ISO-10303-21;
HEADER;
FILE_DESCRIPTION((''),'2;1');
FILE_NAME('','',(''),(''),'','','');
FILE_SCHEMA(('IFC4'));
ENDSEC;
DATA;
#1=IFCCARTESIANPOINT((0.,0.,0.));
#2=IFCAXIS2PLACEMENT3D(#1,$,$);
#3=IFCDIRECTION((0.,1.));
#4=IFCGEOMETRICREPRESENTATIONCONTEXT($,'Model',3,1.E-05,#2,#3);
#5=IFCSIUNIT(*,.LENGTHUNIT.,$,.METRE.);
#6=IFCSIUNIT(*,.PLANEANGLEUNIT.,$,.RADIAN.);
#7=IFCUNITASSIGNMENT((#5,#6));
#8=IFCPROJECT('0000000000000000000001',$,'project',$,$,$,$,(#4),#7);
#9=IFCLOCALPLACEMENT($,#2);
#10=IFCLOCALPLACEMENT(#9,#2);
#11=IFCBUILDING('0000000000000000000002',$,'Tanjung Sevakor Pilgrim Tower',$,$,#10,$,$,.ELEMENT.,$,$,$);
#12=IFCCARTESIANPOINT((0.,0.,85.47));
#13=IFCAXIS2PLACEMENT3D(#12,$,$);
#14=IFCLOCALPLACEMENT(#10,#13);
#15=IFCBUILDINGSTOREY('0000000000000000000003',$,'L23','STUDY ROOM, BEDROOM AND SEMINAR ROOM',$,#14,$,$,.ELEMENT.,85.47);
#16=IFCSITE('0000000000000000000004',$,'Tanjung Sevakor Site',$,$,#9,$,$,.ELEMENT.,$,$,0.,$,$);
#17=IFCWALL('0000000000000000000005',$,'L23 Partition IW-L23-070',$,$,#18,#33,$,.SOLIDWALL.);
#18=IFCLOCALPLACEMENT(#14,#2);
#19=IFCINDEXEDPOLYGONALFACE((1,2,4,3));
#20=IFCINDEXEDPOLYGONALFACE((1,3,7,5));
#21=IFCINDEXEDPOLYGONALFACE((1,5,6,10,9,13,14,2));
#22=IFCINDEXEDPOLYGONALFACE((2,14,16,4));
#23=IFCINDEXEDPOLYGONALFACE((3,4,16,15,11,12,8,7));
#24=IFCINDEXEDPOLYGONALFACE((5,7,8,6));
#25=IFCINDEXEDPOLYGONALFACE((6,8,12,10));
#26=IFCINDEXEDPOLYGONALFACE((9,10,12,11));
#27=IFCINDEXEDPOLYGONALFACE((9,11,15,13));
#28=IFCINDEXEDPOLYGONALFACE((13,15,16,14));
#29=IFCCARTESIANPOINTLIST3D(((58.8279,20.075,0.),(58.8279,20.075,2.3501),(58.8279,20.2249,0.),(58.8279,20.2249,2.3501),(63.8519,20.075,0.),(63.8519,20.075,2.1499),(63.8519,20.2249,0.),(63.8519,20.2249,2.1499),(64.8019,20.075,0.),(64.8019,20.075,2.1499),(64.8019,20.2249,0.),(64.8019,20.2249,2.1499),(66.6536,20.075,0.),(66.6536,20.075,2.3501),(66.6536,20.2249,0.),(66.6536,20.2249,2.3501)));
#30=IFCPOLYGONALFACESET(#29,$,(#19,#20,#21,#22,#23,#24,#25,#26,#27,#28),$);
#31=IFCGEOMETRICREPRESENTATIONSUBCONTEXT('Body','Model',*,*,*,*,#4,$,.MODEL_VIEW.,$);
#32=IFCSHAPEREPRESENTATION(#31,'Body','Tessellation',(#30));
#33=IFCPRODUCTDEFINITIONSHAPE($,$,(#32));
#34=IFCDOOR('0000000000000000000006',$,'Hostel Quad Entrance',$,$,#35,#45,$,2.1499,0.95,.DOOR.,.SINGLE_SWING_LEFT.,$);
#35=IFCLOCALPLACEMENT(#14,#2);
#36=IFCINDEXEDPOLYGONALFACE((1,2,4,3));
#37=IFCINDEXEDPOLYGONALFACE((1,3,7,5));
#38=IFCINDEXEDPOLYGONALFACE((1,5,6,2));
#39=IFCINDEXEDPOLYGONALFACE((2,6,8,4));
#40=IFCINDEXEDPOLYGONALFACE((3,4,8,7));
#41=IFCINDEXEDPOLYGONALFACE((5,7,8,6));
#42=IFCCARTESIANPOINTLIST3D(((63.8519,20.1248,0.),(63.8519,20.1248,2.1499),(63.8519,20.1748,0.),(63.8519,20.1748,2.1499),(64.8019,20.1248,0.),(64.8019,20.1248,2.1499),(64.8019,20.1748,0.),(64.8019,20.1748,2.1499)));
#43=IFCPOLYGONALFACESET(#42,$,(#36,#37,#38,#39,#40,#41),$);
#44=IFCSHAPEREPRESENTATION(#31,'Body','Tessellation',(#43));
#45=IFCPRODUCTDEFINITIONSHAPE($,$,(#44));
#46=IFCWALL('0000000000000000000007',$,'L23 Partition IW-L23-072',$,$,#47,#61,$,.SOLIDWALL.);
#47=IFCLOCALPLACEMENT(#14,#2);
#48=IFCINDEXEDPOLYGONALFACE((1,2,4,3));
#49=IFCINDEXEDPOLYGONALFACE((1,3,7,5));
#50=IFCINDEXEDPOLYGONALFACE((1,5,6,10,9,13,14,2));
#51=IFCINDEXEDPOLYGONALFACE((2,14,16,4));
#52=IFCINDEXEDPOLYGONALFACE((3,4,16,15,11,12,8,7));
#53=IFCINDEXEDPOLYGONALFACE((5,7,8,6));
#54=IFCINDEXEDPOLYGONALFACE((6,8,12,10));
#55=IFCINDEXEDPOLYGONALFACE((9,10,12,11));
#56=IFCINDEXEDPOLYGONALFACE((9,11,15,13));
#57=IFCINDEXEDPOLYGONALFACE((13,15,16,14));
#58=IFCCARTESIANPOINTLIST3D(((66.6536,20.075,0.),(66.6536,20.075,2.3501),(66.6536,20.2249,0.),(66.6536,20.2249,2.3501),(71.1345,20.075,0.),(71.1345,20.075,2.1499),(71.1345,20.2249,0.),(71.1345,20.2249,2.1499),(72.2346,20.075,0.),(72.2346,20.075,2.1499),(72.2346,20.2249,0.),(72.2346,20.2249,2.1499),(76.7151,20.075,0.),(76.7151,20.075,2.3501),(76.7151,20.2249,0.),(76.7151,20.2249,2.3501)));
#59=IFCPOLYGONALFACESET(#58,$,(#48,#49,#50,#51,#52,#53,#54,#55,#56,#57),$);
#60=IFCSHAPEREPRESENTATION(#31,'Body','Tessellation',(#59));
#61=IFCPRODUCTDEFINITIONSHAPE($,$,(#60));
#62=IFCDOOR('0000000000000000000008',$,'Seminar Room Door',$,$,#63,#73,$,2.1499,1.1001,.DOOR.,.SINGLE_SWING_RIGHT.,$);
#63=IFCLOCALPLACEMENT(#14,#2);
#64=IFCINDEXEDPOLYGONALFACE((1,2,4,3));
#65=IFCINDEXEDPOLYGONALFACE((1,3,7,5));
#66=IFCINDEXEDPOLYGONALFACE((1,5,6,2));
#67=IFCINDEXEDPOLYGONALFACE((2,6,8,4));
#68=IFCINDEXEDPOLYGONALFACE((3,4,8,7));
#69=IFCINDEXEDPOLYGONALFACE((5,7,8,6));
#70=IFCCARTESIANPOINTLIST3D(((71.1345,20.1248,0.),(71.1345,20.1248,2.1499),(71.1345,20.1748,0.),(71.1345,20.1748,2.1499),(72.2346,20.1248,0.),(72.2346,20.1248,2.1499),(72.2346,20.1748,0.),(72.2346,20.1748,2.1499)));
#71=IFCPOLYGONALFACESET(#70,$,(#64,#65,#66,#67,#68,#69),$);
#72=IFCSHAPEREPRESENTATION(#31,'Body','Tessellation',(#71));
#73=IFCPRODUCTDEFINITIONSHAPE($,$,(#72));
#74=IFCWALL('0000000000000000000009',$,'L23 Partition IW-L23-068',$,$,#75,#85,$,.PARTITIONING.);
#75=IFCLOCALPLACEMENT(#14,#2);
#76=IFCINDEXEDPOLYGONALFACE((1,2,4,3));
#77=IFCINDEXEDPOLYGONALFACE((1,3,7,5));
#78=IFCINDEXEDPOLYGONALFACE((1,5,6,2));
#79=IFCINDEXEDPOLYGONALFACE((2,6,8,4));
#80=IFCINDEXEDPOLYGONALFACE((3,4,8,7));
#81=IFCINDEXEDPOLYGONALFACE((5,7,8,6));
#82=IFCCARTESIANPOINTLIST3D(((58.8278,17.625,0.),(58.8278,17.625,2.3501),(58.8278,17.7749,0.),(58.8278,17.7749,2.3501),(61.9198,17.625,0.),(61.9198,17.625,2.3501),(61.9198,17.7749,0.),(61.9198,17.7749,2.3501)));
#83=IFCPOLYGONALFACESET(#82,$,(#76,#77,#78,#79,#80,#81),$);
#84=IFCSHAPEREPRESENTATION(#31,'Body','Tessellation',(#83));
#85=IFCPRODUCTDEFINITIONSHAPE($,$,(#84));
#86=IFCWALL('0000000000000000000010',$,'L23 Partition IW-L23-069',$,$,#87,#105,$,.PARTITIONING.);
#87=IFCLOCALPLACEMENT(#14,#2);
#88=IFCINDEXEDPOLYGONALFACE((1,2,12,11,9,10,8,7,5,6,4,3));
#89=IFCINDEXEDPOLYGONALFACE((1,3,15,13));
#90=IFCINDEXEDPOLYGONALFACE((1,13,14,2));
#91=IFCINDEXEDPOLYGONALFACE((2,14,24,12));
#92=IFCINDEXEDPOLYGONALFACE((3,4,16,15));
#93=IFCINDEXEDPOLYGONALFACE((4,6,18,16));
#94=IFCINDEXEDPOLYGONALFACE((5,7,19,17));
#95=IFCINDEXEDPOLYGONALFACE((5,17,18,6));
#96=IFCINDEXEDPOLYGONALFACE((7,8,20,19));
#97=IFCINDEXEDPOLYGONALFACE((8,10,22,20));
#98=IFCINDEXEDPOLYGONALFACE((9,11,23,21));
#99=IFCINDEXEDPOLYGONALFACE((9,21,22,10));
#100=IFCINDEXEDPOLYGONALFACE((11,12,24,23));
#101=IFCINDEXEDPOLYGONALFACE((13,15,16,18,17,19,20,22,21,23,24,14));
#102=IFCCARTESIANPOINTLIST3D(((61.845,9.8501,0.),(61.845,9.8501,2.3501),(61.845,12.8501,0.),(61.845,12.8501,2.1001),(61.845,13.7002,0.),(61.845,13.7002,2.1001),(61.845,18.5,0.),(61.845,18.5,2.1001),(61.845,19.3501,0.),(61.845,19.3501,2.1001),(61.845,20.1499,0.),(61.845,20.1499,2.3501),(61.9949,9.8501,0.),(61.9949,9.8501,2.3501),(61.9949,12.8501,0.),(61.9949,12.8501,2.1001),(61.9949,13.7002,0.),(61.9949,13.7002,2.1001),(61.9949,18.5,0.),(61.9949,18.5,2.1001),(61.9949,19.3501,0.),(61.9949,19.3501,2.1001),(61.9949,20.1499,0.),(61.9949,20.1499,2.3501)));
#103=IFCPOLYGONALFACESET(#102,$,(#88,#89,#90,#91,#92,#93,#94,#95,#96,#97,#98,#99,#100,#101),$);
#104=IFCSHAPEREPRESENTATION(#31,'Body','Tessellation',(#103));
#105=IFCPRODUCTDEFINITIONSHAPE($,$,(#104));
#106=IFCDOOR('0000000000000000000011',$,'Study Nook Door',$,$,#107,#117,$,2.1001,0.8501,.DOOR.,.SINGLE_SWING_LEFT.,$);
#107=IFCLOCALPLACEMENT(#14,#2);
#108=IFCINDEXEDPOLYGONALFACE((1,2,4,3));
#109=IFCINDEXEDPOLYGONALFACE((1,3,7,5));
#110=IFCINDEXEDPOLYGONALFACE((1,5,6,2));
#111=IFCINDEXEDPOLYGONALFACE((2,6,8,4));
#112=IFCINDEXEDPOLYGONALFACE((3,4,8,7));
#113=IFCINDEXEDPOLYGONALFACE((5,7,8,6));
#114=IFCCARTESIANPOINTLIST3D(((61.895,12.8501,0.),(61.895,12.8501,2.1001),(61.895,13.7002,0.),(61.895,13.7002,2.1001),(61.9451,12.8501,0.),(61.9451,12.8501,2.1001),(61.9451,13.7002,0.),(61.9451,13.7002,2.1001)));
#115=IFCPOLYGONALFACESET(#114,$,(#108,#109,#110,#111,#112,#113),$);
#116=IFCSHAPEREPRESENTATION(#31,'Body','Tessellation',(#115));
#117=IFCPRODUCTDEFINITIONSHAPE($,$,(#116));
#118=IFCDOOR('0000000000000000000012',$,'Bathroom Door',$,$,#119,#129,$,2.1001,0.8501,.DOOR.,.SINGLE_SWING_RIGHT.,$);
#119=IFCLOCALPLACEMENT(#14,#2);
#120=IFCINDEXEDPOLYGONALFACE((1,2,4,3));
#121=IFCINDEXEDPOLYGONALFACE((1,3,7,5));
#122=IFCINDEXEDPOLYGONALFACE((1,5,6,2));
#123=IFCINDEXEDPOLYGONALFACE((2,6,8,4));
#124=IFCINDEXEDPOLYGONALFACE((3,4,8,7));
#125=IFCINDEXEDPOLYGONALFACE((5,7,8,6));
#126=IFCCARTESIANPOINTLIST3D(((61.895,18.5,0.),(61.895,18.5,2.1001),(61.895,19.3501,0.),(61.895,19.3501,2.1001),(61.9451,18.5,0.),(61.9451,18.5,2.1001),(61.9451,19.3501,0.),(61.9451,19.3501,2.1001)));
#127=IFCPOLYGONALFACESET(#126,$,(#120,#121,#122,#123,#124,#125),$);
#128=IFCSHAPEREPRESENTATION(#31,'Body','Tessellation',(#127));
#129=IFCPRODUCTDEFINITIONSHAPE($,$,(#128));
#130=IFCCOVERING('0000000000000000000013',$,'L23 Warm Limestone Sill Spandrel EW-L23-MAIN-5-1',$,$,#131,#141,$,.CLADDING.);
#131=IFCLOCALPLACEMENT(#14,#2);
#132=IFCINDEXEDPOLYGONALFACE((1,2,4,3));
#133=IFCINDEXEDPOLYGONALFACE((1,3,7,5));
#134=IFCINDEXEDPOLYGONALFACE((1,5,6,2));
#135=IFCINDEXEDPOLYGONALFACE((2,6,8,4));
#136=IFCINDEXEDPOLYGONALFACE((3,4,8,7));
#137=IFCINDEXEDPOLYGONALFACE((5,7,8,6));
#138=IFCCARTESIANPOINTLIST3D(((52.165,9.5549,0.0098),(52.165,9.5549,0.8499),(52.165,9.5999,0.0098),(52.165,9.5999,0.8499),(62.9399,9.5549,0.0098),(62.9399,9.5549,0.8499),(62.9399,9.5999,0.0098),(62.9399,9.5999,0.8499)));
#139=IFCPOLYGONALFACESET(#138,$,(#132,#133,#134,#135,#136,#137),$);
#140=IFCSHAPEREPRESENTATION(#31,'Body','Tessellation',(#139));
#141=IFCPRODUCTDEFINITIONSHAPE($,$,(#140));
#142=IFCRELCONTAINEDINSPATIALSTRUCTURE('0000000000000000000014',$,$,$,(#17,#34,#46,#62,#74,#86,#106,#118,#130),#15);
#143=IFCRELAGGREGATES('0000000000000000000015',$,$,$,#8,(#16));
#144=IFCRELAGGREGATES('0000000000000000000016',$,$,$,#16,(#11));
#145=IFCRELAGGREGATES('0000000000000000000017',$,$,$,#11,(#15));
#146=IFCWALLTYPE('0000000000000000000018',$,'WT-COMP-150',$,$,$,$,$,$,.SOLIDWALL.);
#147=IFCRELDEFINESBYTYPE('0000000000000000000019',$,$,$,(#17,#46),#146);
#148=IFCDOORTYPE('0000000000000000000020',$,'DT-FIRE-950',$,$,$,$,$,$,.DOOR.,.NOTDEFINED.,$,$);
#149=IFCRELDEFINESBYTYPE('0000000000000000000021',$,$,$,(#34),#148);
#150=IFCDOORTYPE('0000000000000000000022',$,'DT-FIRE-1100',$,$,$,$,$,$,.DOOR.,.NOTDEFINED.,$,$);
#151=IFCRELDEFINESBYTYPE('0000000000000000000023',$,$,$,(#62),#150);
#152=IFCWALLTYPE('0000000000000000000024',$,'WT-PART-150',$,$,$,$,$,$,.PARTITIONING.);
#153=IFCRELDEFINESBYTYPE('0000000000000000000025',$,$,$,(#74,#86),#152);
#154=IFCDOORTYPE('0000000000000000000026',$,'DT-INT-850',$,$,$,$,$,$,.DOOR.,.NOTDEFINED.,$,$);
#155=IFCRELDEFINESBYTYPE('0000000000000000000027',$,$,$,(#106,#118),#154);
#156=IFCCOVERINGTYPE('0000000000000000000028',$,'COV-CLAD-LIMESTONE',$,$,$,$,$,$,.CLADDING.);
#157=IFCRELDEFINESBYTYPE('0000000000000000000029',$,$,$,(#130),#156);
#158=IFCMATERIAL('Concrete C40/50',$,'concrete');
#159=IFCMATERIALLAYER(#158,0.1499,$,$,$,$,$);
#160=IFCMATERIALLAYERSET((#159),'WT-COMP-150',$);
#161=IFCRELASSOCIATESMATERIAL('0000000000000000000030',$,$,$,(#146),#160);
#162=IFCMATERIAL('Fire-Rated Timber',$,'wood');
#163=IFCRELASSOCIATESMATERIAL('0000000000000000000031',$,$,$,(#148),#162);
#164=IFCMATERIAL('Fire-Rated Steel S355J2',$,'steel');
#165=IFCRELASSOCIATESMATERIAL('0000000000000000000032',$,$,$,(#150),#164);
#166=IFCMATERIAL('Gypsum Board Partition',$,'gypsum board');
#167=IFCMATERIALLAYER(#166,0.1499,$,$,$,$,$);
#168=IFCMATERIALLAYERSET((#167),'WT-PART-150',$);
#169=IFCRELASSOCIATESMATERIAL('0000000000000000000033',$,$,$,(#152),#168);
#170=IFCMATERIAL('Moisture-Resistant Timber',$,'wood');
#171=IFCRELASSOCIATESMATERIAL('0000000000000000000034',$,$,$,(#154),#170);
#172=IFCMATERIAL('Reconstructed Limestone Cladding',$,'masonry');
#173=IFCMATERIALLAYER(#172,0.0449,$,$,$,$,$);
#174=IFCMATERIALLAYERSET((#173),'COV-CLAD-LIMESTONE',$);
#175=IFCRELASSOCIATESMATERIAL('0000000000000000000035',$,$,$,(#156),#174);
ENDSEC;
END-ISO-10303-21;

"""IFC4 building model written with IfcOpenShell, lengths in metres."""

from ifc_helpers import new_model, si_unit, direction, frame, frame_2d, origin, origin_2d, place, context, subcontext, project, spatial, rectangle, extrude, material, layer, layer_set, type_object, element, fill, save


model = new_model("IFC4")

# Units and contexts
model_context = context("Model", 3, precision=1e-05, world=origin(), true_north=direction((0.0, 1.0)))
body_context = subcontext(model_context, "Body", "Model", "MODEL_VIEW")
ifc_project = project(units=[si_unit("LENGTHUNIT", "METRE"), si_unit("PLANEANGLEUNIT", "RADIAN")], contexts=[model_context])

# Site, building, storey
site_placement = place(None, origin())
site = spatial("IfcSite", under=ifc_project, at=site_placement, Name="Tanjung Sevakor Site", CompositionType="ELEMENT", RefElevation=0.0)
building_placement = place(site_placement, origin())
building = spatial("IfcBuilding", under=site, at=building_placement, Name="Tanjung Sevakor Pilgrim Tower", CompositionType="ELEMENT")
storey_placement = place(building_placement, frame((0.0, 0.0, 85.47)))
storey = spatial("IfcBuildingStorey", under=building, at=storey_placement, Name="L23", Description="STUDY ROOM, BEDROOM AND SEMINAR ROOM", CompositionType="ELEMENT", Elevation=85.47)

# Shared definitions
ifc_material_1 = material(Name="Concrete C40/50", Category="concrete")
ifc_layer_1 = layer(ifc_material_1, 0.1499)
ifc_layer_set_1 = layer_set([ifc_layer_1], Name="WT-COMP-150")
wall_type_1 = type_object("IfcWallType", Name="WT-COMP-150", PredefinedType="SOLIDWALL", material=ifc_layer_set_1)

# Walls, openings, doors
wall_1_placement = place(storey_placement, frame((58.8279, 20.1499, 0.0), z_axis=(0.0, 0.0, 1.0), x_axis=(1.0, 0.0, 0.0)))
wall_1 = element("IfcWall", 1, at=wall_1_placement, inside=storey, type_object=wall_type_1, Name="L23 Partition IW-L23-070", PredefinedType="SOLIDWALL", context=body_context, shape_type="SweptSolid", body=[
    extrude(rectangle(XDim=7.8257, YDim=0.1499, at=frame_2d((3.9128, 0.0))), origin(), (0.0, 0.0, 1.0), 2.3501),
])
opening_1_placement = place(wall_1_placement, frame((5.0239, 0.0, 0.0)))
opening_1 = element("IfcOpeningElement", 2, at=opening_1_placement, cuts=wall_1, PredefinedType="OPENING", context=body_context, shape_type="SweptSolid", body=[
    extrude(rectangle(XDim=0.95, YDim=2.1499, at=frame_2d((0.4751, 1.075))), frame((0.0, 0.085, 0.0), z_axis=(0.0, -1.0, 0.0), x_axis=(1.0, 0.0, 0.0)), (0.0, 0.0, 1.0), 0.1699),
])
ifc_material_2 = material(Name="Fire-Rated Timber", Category="wood")
door_type_1 = type_object("IfcDoorType", Name="DT-FIRE-950", OperationType="NOTDEFINED", PredefinedType="DOOR", material=ifc_material_2)
door_1_placement = place(opening_1_placement, origin())
door_1 = element("IfcDoor", 3, at=door_1_placement, inside=storey, type_object=door_type_1, Name="Hostel Quad Entrance", OperationType="SINGLE_SWING_LEFT", OverallHeight=2.1499, OverallWidth=0.95, PredefinedType="DOOR", context=body_context, shape_type="SweptSolid", body=[
    extrude(rectangle(XDim=0.95, YDim=2.1499, at=frame_2d((0.4751, 1.075))), frame((0.0, 0.0249, 0.0), z_axis=(0.0, -1.0, 0.0), x_axis=(1.0, 0.0, 0.0)), (0.0, 0.0, 1.0), 0.05),
])
fill(opening_1, door_1)
wall_2_placement = place(storey_placement, frame((66.6536, 20.1499, 0.0), z_axis=(0.0, 0.0, 1.0), x_axis=(1.0, 0.0, 0.0)))
wall_2 = element("IfcWall", 4, at=wall_2_placement, inside=storey, type_object=wall_type_1, Name="L23 Partition IW-L23-072", PredefinedType="SOLIDWALL", context=body_context, shape_type="SweptSolid", body=[
    extrude(rectangle(XDim=10.0615, YDim=0.1499, at=frame_2d((5.0308, 0.0))), origin(), (0.0, 0.0, 1.0), 2.3501),
])
opening_2_placement = place(wall_2_placement, frame((4.481, 0.0, 0.0)))
opening_2 = element("IfcOpeningElement", 5, at=opening_2_placement, cuts=wall_2, PredefinedType="OPENING", context=body_context, shape_type="SweptSolid", body=[
    extrude(rectangle(XDim=1.1001, YDim=2.1499, at=frame_2d((0.55, 1.075))), frame((0.0, 0.085, 0.0), z_axis=(0.0, -1.0, 0.0), x_axis=(1.0, 0.0, 0.0)), (0.0, 0.0, 1.0), 0.1699),
])
ifc_material_3 = material(Name="Fire-Rated Steel S355J2", Category="steel")
door_type_2 = type_object("IfcDoorType", Name="DT-FIRE-1100", OperationType="NOTDEFINED", PredefinedType="DOOR", material=ifc_material_3)
door_2_placement = place(opening_2_placement, origin())
door_2 = element("IfcDoor", 6, at=door_2_placement, inside=storey, type_object=door_type_2, Name="Seminar Room Door", OperationType="SINGLE_SWING_RIGHT", OverallHeight=2.1499, OverallWidth=1.1001, PredefinedType="DOOR", context=body_context, shape_type="SweptSolid", body=[
    extrude(rectangle(XDim=1.1001, YDim=2.1499, at=frame_2d((0.55, 1.075))), frame((0.0, 0.0249, 0.0), z_axis=(0.0, -1.0, 0.0), x_axis=(1.0, 0.0, 0.0)), (0.0, 0.0, 1.0), 0.05),
])
fill(opening_2, door_2)

# Wall
ifc_material_4 = material(Name="Gypsum Board Partition", Category="gypsum board")
ifc_layer_2 = layer(ifc_material_4, 0.1499)
ifc_layer_set_2 = layer_set([ifc_layer_2], Name="WT-PART-150")
wall_type_2 = type_object("IfcWallType", Name="WT-PART-150", PredefinedType="PARTITIONING", material=ifc_layer_set_2)
wall_3_placement = place(storey_placement, frame((58.8279, 17.7, 0.0), z_axis=(0.0, 0.0, 1.0), x_axis=(1.0, 0.0, 0.0)))
element("IfcWall", 7, at=wall_3_placement, inside=storey, type_object=wall_type_2, Name="L23 Partition IW-L23-068", PredefinedType="PARTITIONING", context=body_context, shape_type="SweptSolid", body=[
    extrude(rectangle(XDim=3.092, YDim=0.1499, at=frame_2d((1.5459, 0.0))), origin(), (0.0, 0.0, 1.0), 2.3501),
])

# Wall, openings, doors
wall_4_placement = place(storey_placement, frame((61.9199, 9.8501, 0.0), z_axis=(0.0, 0.0, 1.0), x_axis=(0.0, 1.0, 0.0)))
wall_4 = element("IfcWall", 8, at=wall_4_placement, inside=storey, type_object=wall_type_2, Name="L23 Partition IW-L23-069", PredefinedType="PARTITIONING", context=body_context, shape_type="SweptSolid", body=[
    extrude(rectangle(XDim=10.2998, YDim=0.1499, at=frame_2d((5.1499, 0.0))), origin(), (0.0, 0.0, 1.0), 2.3501),
])
opening_3_placement = place(wall_4_placement, frame((3.0, 0.0, 0.0)))
opening_3 = element("IfcOpeningElement", 9, at=opening_3_placement, cuts=wall_4, PredefinedType="OPENING", context=body_context, shape_type="SweptSolid", body=[
    extrude(rectangle(XDim=0.8501, YDim=2.1001, at=frame_2d((0.425, 1.05))), frame((0.0, 0.085, 0.0), z_axis=(0.0, -1.0, 0.0), x_axis=(1.0, 0.0, 0.0)), (0.0, 0.0, 1.0), 0.1699),
])
opening_4_placement = place(wall_4_placement, frame((8.6499, 0.0, 0.0)))
opening_4 = element("IfcOpeningElement", 10, at=opening_4_placement, cuts=wall_4, PredefinedType="OPENING", context=body_context, shape_type="SweptSolid", body=[
    extrude(rectangle(XDim=0.8501, YDim=2.1001, at=frame_2d((0.425, 1.05))), frame((0.0, 0.085, 0.0), z_axis=(0.0, -1.0, 0.0), x_axis=(1.0, 0.0, 0.0)), (0.0, 0.0, 1.0), 0.1699),
])
ifc_material_5 = material(Name="Moisture-Resistant Timber", Category="wood")
door_type_3 = type_object("IfcDoorType", Name="DT-INT-850", OperationType="NOTDEFINED", PredefinedType="DOOR", material=ifc_material_5)
door_3_placement = place(opening_3_placement, origin())
door_3 = element("IfcDoor", 11, at=door_3_placement, inside=storey, type_object=door_type_3, Name="Study Nook Door", OperationType="SINGLE_SWING_LEFT", OverallHeight=2.1001, OverallWidth=0.8501, PredefinedType="DOOR", context=body_context, shape_type="SweptSolid", body=[
    extrude(rectangle(XDim=0.8501, YDim=2.1001, at=frame_2d((0.425, 1.05))), frame((0.0, 0.0249, 0.0), z_axis=(0.0, -1.0, 0.0), x_axis=(1.0, 0.0, 0.0)), (0.0, 0.0, 1.0), 0.05),
])
fill(opening_3, door_3)
door_4_placement = place(opening_4_placement, origin())
door_4 = element("IfcDoor", 12, at=door_4_placement, inside=storey, type_object=door_type_3, Name="Bathroom Door", OperationType="SINGLE_SWING_RIGHT", OverallHeight=2.1001, OverallWidth=0.8501, PredefinedType="DOOR", context=body_context, shape_type="SweptSolid", body=[
    extrude(rectangle(XDim=0.8501, YDim=2.1001, at=frame_2d((0.425, 1.05))), frame((0.0, 0.0249, 0.0), z_axis=(0.0, -1.0, 0.0), x_axis=(1.0, 0.0, 0.0)), (0.0, 0.0, 1.0), 0.05),
])
fill(opening_4, door_4)

# Covering
ifc_material_6 = material(Name="Reconstructed Limestone Cladding", Category="masonry")
ifc_layer_3 = layer(ifc_material_6, 0.0449)
ifc_layer_set_3 = layer_set([ifc_layer_3], Name="COV-CLAD-LIMESTONE")
covering_type = type_object("IfcCoveringType", Name="COV-CLAD-LIMESTONE", PredefinedType="CLADDING", material=ifc_layer_set_3)
covering_placement = place(storey_placement, frame((57.5525, 9.5774, 0.0098), z_axis=(0.0, 0.0, 1.0), x_axis=(1.0, 0.0, 0.0)))
element("IfcCovering", 13, at=covering_placement, inside=storey, type_object=covering_type, Name="L23 Warm Limestone Sill Spandrel EW-L23-MAIN-5-1", PredefinedType="CLADDING", context=body_context, shape_type="SweptSolid", body=[
    extrude(rectangle(XDim=10.7749, YDim=0.0449, at=origin_2d()), origin(), (0.0, 0.0, 1.0), 0.8401),
])

save(model, "model.ifc")
